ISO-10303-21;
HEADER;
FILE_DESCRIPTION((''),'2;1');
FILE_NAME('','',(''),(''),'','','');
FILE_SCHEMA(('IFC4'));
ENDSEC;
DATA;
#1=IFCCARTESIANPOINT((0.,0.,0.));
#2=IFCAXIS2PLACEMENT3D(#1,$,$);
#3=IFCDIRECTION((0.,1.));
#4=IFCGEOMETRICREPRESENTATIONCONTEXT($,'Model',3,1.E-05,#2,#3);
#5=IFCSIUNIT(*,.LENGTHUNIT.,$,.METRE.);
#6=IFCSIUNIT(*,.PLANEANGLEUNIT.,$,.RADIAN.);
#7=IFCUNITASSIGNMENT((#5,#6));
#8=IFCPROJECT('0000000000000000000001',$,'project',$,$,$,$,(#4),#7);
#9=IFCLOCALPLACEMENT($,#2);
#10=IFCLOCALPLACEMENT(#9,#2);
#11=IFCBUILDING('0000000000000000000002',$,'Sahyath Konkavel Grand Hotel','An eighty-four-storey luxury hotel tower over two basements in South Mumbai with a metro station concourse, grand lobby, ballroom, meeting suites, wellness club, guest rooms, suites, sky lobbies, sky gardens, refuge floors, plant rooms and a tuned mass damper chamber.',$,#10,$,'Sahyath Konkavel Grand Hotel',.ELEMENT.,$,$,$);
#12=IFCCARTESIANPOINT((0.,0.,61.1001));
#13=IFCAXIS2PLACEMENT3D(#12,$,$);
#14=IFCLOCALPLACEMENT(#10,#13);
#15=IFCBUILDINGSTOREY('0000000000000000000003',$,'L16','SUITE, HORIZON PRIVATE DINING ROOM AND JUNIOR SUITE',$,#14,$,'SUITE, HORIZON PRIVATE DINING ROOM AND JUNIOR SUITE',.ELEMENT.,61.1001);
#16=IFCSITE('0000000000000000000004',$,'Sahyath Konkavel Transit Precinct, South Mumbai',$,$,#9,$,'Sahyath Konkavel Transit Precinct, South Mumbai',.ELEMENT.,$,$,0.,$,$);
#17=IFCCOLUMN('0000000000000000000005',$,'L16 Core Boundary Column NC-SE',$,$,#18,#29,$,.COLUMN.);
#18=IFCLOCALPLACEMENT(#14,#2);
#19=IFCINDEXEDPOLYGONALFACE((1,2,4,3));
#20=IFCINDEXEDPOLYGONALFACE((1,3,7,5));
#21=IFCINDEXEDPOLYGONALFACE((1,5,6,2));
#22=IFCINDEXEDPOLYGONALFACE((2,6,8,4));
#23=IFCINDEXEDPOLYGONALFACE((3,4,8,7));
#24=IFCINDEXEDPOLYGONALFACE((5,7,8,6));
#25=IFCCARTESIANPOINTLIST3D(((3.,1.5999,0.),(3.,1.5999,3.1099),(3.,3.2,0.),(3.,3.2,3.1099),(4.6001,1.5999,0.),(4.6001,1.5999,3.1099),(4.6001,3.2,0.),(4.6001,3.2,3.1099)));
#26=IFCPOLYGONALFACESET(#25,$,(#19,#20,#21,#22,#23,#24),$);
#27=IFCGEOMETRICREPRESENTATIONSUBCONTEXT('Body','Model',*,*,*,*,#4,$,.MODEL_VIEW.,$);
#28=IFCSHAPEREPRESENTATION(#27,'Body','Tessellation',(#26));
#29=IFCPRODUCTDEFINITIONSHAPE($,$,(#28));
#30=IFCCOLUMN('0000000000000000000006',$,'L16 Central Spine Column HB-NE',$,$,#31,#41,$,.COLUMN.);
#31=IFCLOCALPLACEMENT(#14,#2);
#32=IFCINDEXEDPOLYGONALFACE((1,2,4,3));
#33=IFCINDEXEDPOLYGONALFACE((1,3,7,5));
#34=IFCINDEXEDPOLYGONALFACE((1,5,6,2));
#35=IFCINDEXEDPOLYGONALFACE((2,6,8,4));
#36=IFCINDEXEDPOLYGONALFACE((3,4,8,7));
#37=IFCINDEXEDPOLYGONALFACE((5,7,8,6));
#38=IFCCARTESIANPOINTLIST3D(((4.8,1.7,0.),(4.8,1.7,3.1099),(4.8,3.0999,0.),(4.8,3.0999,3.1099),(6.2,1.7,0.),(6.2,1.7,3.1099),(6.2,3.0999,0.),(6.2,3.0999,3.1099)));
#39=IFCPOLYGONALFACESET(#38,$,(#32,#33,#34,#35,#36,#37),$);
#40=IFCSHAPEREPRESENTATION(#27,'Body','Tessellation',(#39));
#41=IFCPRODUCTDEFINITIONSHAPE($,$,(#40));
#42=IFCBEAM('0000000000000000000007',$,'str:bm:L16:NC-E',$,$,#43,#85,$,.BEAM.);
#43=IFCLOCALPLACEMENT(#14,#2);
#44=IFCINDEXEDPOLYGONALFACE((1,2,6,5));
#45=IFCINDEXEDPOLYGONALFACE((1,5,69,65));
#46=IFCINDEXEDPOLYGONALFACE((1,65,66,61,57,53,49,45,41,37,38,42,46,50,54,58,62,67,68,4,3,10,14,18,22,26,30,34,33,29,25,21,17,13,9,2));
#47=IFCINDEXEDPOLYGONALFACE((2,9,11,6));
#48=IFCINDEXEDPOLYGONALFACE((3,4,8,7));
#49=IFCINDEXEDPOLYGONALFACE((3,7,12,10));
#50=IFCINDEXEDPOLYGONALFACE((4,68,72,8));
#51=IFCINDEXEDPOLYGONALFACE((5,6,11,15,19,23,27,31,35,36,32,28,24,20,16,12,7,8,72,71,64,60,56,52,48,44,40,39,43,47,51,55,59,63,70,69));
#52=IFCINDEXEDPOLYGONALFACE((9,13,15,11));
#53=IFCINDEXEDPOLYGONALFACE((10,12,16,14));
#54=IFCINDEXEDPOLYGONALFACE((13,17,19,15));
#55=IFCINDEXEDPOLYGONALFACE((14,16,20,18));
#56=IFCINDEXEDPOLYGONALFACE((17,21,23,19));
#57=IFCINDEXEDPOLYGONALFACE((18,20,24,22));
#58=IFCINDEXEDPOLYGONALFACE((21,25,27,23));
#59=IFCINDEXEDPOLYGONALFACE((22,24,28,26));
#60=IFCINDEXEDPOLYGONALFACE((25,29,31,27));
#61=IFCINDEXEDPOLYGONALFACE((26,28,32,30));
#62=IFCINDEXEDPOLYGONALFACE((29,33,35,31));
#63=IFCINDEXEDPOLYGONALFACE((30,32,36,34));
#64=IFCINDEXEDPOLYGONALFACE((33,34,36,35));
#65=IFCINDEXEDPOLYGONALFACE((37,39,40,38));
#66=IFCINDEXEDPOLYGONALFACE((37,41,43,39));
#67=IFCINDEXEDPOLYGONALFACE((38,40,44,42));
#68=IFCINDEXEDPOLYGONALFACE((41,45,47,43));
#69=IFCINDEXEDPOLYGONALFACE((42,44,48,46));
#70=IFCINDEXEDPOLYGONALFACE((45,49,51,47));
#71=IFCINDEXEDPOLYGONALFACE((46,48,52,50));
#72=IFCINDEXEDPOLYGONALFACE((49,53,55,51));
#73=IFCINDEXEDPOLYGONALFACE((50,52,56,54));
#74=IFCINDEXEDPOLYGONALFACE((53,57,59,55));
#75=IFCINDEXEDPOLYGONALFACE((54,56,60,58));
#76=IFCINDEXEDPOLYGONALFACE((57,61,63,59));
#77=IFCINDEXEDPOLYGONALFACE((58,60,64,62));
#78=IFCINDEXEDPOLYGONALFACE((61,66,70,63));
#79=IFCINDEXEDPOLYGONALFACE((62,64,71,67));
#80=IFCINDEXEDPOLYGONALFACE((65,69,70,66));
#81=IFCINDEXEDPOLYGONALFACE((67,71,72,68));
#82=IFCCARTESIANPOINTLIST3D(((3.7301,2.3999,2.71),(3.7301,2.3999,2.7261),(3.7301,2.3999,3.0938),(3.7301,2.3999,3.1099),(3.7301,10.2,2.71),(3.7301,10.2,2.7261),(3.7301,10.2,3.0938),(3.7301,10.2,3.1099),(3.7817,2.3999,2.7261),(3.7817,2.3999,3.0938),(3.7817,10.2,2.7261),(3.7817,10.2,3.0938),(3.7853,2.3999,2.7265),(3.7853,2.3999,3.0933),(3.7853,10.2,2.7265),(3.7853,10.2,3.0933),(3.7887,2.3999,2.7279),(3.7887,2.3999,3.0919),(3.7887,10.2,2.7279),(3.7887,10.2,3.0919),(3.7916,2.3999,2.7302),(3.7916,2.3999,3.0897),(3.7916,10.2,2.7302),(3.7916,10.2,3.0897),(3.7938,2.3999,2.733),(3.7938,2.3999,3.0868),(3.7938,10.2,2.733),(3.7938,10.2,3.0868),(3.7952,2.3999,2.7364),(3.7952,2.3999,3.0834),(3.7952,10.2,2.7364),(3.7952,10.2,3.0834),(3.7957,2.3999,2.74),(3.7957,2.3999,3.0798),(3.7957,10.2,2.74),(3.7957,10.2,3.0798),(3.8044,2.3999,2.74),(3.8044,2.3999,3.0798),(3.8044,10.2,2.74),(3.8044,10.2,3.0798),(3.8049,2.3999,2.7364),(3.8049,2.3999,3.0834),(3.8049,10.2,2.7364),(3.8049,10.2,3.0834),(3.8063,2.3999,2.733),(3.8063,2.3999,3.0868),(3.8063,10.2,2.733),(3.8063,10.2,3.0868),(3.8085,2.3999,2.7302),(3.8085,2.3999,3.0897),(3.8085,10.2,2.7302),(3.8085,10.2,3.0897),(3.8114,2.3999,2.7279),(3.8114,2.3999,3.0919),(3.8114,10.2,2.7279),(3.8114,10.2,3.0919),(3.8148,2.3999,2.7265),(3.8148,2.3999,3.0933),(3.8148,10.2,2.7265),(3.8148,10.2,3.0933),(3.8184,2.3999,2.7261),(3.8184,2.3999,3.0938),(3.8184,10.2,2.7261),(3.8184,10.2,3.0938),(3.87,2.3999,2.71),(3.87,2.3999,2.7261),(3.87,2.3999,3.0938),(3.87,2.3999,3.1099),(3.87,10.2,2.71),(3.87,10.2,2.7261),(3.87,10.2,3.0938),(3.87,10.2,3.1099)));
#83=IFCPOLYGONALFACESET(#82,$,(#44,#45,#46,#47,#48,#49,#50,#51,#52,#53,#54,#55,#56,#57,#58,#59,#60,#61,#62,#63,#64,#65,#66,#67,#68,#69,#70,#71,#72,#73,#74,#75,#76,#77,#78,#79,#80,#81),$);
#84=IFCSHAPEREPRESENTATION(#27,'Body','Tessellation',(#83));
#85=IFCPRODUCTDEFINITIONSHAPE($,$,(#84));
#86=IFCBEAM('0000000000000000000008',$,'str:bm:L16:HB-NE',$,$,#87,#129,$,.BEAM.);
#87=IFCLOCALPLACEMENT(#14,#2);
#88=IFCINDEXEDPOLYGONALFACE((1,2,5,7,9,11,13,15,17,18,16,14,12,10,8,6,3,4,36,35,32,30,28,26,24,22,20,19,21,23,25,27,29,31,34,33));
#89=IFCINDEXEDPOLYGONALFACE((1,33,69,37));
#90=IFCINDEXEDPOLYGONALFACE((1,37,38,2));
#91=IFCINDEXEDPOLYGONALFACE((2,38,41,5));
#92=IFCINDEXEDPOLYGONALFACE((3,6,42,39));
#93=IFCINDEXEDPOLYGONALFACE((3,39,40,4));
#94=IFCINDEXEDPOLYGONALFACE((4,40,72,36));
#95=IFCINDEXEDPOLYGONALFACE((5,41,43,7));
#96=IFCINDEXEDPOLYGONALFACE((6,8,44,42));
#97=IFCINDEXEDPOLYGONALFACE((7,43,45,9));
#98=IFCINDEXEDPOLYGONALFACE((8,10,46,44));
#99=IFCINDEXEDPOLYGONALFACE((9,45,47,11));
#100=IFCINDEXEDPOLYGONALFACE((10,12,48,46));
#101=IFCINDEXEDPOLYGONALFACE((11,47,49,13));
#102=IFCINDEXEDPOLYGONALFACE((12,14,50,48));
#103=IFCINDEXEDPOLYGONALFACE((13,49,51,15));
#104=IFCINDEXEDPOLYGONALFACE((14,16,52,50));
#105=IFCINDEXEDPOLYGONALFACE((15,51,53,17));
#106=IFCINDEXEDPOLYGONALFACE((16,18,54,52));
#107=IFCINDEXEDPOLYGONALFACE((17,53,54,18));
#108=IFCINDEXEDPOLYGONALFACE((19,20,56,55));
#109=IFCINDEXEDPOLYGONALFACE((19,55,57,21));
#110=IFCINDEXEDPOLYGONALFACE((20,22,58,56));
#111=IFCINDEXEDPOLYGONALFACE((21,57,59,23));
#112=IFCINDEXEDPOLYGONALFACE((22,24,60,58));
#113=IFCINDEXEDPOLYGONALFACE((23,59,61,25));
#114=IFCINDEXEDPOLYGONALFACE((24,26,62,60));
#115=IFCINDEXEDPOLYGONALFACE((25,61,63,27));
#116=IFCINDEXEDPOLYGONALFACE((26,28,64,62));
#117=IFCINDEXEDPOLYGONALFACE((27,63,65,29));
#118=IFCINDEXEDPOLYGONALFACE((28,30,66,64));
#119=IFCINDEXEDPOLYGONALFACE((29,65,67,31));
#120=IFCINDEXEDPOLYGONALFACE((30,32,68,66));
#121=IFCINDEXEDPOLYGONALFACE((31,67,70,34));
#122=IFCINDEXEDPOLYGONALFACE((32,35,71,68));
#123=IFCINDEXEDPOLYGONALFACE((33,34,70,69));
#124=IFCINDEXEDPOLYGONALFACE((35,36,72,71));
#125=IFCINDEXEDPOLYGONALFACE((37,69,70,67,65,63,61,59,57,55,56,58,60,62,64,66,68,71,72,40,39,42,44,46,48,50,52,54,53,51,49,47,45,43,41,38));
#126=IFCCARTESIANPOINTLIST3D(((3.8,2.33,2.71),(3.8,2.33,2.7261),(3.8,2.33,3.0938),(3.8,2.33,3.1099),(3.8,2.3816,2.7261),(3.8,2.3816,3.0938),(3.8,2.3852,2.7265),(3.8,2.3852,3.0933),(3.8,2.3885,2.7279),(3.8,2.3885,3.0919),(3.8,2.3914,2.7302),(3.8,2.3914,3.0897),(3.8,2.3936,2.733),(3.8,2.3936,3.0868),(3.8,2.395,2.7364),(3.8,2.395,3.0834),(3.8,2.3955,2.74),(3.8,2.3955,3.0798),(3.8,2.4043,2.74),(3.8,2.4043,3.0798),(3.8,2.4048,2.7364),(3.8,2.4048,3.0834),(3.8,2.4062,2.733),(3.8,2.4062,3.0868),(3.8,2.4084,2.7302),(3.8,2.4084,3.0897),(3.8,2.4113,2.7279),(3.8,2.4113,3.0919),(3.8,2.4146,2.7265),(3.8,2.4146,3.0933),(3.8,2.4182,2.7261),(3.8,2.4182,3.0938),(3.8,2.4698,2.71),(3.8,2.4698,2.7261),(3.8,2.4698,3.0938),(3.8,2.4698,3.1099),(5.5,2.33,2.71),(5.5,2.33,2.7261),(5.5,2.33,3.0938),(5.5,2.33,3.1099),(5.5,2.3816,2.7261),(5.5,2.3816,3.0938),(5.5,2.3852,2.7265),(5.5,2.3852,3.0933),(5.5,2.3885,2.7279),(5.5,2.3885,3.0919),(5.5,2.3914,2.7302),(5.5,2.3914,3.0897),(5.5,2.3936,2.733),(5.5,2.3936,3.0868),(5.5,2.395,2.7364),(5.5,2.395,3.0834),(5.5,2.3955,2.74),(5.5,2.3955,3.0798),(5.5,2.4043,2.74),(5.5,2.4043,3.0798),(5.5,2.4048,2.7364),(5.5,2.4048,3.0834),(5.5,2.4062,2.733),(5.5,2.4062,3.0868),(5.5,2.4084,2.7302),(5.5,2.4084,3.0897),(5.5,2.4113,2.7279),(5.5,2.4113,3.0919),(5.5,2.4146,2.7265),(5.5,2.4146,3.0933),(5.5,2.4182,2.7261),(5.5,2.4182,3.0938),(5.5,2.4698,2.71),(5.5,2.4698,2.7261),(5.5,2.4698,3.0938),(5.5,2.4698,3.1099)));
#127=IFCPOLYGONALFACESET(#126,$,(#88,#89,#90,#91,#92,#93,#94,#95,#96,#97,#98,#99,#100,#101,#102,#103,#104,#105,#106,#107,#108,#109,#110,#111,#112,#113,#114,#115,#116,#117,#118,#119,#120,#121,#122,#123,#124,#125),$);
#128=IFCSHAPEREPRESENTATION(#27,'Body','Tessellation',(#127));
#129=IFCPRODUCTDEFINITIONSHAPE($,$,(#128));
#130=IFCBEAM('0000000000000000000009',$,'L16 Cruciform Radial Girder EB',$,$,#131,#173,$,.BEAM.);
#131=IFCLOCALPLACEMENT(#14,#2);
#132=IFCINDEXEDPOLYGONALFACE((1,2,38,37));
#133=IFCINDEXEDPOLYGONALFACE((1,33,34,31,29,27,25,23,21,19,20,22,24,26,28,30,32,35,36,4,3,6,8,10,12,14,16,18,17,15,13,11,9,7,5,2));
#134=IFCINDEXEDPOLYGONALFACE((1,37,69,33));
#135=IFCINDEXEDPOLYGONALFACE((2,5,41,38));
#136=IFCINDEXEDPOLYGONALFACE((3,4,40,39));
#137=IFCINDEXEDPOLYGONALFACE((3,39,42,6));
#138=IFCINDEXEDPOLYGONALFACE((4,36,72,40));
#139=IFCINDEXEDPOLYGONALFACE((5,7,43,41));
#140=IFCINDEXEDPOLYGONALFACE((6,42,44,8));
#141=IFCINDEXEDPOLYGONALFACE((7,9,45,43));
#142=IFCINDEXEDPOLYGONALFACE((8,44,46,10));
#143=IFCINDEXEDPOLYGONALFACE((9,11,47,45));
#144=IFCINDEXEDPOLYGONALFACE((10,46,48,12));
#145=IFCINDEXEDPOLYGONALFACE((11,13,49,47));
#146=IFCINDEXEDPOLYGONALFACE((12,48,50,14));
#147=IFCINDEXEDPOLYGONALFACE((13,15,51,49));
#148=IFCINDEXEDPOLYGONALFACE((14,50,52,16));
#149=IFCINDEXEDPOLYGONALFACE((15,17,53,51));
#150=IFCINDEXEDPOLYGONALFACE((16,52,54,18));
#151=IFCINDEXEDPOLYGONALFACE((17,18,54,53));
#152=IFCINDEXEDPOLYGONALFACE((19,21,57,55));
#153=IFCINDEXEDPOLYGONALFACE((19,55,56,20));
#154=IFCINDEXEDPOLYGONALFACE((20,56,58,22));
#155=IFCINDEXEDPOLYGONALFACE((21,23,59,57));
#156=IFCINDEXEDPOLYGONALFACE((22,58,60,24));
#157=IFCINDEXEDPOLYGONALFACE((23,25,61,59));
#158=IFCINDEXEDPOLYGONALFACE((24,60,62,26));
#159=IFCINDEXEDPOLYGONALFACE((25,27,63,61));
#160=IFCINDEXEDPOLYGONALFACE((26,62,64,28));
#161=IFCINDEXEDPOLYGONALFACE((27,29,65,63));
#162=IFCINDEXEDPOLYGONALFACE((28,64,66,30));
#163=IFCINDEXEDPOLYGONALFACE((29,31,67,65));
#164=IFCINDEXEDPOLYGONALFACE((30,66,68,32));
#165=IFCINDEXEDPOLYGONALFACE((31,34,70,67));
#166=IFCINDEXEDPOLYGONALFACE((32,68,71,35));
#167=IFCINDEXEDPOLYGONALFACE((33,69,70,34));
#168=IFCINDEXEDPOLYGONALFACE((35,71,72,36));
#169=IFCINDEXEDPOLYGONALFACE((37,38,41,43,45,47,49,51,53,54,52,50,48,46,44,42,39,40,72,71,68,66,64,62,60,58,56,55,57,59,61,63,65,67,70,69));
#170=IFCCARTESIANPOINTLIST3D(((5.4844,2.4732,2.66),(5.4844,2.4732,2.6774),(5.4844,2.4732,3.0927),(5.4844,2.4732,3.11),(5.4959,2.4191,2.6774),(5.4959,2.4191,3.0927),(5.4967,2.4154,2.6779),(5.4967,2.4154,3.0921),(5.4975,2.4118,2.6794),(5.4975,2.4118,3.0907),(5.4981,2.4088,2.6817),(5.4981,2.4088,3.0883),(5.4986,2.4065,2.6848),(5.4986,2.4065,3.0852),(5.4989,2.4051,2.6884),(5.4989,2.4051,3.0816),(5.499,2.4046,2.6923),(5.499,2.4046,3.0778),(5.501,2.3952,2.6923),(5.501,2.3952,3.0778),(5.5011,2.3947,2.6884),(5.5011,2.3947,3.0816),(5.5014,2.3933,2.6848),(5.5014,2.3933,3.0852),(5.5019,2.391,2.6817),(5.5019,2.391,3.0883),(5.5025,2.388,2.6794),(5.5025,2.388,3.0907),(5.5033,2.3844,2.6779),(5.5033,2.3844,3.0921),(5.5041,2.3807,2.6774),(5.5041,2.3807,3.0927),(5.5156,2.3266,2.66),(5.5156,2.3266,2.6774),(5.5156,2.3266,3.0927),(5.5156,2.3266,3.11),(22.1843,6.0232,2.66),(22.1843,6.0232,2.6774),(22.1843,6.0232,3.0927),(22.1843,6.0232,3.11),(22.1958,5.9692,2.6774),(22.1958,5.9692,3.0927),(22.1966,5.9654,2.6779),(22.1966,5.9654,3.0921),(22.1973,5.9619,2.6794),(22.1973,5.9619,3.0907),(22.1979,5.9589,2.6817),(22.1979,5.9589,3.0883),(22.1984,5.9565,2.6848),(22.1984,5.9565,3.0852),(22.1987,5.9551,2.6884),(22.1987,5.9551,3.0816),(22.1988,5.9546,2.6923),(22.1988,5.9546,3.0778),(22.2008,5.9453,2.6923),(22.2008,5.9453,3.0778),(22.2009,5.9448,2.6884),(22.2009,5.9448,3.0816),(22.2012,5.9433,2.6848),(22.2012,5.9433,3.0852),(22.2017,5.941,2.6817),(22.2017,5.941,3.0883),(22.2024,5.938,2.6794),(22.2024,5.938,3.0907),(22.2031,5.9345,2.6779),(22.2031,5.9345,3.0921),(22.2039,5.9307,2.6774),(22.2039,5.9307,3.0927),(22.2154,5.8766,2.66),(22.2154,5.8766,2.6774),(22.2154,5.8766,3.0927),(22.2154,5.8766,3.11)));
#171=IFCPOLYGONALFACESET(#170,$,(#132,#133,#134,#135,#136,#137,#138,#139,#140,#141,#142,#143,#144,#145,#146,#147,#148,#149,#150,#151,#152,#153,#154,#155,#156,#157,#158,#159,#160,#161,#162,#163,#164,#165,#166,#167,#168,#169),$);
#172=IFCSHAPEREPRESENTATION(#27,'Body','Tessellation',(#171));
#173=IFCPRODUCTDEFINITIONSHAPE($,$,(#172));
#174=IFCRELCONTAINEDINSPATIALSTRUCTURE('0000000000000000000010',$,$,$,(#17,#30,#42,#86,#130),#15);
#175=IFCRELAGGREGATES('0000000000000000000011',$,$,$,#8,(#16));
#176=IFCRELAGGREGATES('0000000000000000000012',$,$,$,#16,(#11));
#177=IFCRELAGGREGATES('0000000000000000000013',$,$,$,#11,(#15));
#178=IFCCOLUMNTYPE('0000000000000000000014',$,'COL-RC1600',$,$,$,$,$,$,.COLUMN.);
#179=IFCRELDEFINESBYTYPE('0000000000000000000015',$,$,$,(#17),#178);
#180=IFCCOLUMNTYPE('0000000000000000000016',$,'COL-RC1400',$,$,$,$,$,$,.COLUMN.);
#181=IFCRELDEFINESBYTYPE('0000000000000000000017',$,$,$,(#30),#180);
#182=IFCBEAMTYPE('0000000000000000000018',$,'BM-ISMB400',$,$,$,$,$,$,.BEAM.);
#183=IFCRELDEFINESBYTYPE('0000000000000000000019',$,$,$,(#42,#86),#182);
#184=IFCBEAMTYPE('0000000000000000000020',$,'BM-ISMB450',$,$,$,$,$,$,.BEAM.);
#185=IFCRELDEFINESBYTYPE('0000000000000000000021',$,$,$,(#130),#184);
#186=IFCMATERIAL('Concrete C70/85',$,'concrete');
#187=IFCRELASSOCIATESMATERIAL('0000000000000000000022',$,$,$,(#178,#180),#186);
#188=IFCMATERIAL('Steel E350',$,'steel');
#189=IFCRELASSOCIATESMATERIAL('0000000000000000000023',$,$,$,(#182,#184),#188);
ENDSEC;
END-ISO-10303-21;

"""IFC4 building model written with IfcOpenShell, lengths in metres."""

from ifc_helpers import new_model, si_unit, direction, frame, origin, origin_2d, place, context, subcontext, project, spatial, rectangle, i_section, extrude, source, transform, mapped, material, material_profile, profile_set, type_object, element, save


model = new_model("IFC4")

# Units and contexts
model_context = context("Model", 3, precision=1e-05, world=origin(), true_north=direction((0.0, 1.0)))
body_context = subcontext(model_context, "Body", "Model", "MODEL_VIEW")
ifc_project = project(units=[si_unit("LENGTHUNIT", "METRE"), si_unit("PLANEANGLEUNIT", "RADIAN")], contexts=[model_context])

# Site, building, storey
site_placement = place(None, origin())
site = spatial("IfcSite", under=ifc_project, at=site_placement, Name="Sahyath Konkavel Transit Precinct, South Mumbai", LongName="Sahyath Konkavel Transit Precinct, South Mumbai", CompositionType="ELEMENT", RefElevation=0.0)
building_placement = place(site_placement, origin())
building = spatial("IfcBuilding", under=site, at=building_placement, Name="Sahyath Konkavel Grand Hotel", Description="An eighty-four-storey luxury hotel tower over two basements in South Mumbai with a metro station concourse, grand lobby, ballroom, meeting suites, wellness club, guest rooms, suites, sky lobbies, sky gardens, refuge floors, plant rooms and a tuned mass damper chamber.", LongName="Sahyath Konkavel Grand Hotel", CompositionType="ELEMENT")
storey_placement = place(building_placement, frame((0.0, 0.0, 61.1001)))
storey = spatial("IfcBuildingStorey", under=building, at=storey_placement, Name="L16", Description="SUITE, HORIZON PRIVATE DINING ROOM AND JUNIOR SUITE", LongName="SUITE, HORIZON PRIVATE DINING ROOM AND JUNIOR SUITE", CompositionType="ELEMENT", Elevation=61.1001)

# Columns
ifc_material_1 = material(Name="Concrete C70/85", Category="concrete")
ifc_material_profile_1 = material_profile(ifc_material_1, rectangle(XDim=1.6001, YDim=1.6001, at=origin_2d()), Name="RC 1600x1600")
ifc_profile_set_1 = profile_set([ifc_material_profile_1], Name="Concrete C70/85")
column_type_1 = type_object("IfcColumnType", Name="COL-RC1600", PredefinedType="COLUMN", material=ifc_profile_set_1)
shared_shape_1 = source(origin(), body_context, "Body", "SweptSolid", [
    extrude(rectangle(XDim=1.6001, YDim=1.6001, at=origin_2d()), origin(), (0.0, 0.0, 1.0), 3.1099),
])
column_1_placement = place(storey_placement, frame((3.8, 2.3999, 0.0), z_axis=(0.0, 0.0, 1.0), x_axis=(1.0, 0.0, 0.0)))
element("IfcColumn", 1, at=column_1_placement, inside=storey, type_object=column_type_1, Name="L16 Core Boundary Column NC-SE", PredefinedType="COLUMN", context=body_context, shape_type="MappedRepresentation", body=[
    mapped(shared_shape_1, transform((0.0, 0.0, 0.0), scale=1.0)),
])
ifc_material_profile_2 = material_profile(ifc_material_1, rectangle(XDim=1.3999, YDim=1.3999, at=origin_2d()), Name="RC 1400x1400")
ifc_profile_set_2 = profile_set([ifc_material_profile_2], Name="Concrete C70/85")
column_type_2 = type_object("IfcColumnType", Name="COL-RC1400", PredefinedType="COLUMN", material=ifc_profile_set_2)
shared_shape_2 = source(origin(), body_context, "Body", "SweptSolid", [
    extrude(rectangle(XDim=1.3999, YDim=1.3999, at=origin_2d()), origin(), (0.0, 0.0, 1.0), 3.1099),
])
column_2_placement = place(storey_placement, frame((5.5, 2.3999, 0.0), z_axis=(0.0, 0.0, 1.0), x_axis=(1.0, 0.0, 0.0)))
element("IfcColumn", 2, at=column_2_placement, inside=storey, type_object=column_type_2, Name="L16 Central Spine Column HB-NE", PredefinedType="COLUMN", context=body_context, shape_type="MappedRepresentation", body=[
    mapped(shared_shape_2, transform((0.0, 0.0, 0.0), scale=1.0)),
])

# Beams
ifc_material_2 = material(Name="Steel E350", Category="steel")
ifc_material_profile_3 = material_profile(ifc_material_2, i_section(OverallWidth=0.1399, OverallDepth=0.3999, WebThickness=0.0088, FlangeThickness=0.0161, FilletRadius=0.0139, at=origin_2d()), Name="ISMB 400")
ifc_profile_set_3 = profile_set([ifc_material_profile_3], Name="Steel E350")
beam_type_1 = type_object("IfcBeamType", Name="BM-ISMB400", PredefinedType="BEAM", material=ifc_profile_set_3)
shared_shape_3 = source(origin(), body_context, "Body", "SweptSolid", [
    extrude(i_section(OverallWidth=0.1399, OverallDepth=0.3999, WebThickness=0.0088, FlangeThickness=0.0161, FilletRadius=0.0139, at=origin_2d()), origin(), (0.0, 0.0, 1.0), 7.8),
])
beam_1_placement = place(storey_placement, frame((3.8, 2.3999, 2.9099), z_axis=(0.0, 1.0, 0.0), x_axis=(-1.0, 0.0, 0.0)))
element("IfcBeam", 3, at=beam_1_placement, inside=storey, type_object=beam_type_1, Name="str:bm:L16:NC-E", PredefinedType="BEAM", context=body_context, shape_type="MappedRepresentation", body=[
    mapped(shared_shape_3, transform((0.0, 0.0, 0.0), scale=1.0)),
])
shared_shape_4 = source(origin(), body_context, "Body", "SweptSolid", [
    extrude(i_section(OverallWidth=0.1399, OverallDepth=0.3999, WebThickness=0.0088, FlangeThickness=0.0161, FilletRadius=0.0139, at=origin_2d()), origin(), (0.0, 0.0, 1.0), 1.7),
])
beam_2_placement = place(storey_placement, frame((3.8, 2.3999, 2.9099), z_axis=(1.0, 0.0, 0.0), x_axis=(0.0, 1.0, 0.0)))
element("IfcBeam", 4, at=beam_2_placement, inside=storey, type_object=beam_type_1, Name="str:bm:L16:HB-NE", PredefinedType="BEAM", context=body_context, shape_type="MappedRepresentation", body=[
    mapped(shared_shape_4, transform((0.0, 0.0, 0.0), scale=1.0)),
])
ifc_material_profile_4 = material_profile(ifc_material_2, i_section(OverallWidth=0.1499, OverallDepth=0.45, WebThickness=0.0095, FlangeThickness=0.0173, FilletRadius=0.0149, at=origin_2d()), Name="ISMB 450")
ifc_profile_set_4 = profile_set([ifc_material_profile_4], Name="Steel E350")
beam_type_2 = type_object("IfcBeamType", Name="BM-ISMB450", PredefinedType="BEAM", material=ifc_profile_set_4)
shared_shape_5 = source(origin(), body_context, "Body", "SweptSolid", [
    extrude(i_section(OverallWidth=0.1499, OverallDepth=0.45, WebThickness=0.0095, FlangeThickness=0.0173, FilletRadius=0.0149, at=origin_2d()), origin(), (0.0, 0.0, 1.0), 17.073),
])
beam_3_placement = place(storey_placement, frame((5.5, 2.3999, 2.885), z_axis=(0.978143, 0.207932, 0.0), x_axis=(-0.207932, 0.978143, 0.0)))
element("IfcBeam", 5, at=beam_3_placement, inside=storey, type_object=beam_type_2, Name="L16 Cruciform Radial Girder EB", PredefinedType="BEAM", context=body_context, shape_type="MappedRepresentation", body=[
    mapped(shared_shape_5, transform((0.0, 0.0, 0.0), scale=1.0)),
])

save(model, "model.ifc")
